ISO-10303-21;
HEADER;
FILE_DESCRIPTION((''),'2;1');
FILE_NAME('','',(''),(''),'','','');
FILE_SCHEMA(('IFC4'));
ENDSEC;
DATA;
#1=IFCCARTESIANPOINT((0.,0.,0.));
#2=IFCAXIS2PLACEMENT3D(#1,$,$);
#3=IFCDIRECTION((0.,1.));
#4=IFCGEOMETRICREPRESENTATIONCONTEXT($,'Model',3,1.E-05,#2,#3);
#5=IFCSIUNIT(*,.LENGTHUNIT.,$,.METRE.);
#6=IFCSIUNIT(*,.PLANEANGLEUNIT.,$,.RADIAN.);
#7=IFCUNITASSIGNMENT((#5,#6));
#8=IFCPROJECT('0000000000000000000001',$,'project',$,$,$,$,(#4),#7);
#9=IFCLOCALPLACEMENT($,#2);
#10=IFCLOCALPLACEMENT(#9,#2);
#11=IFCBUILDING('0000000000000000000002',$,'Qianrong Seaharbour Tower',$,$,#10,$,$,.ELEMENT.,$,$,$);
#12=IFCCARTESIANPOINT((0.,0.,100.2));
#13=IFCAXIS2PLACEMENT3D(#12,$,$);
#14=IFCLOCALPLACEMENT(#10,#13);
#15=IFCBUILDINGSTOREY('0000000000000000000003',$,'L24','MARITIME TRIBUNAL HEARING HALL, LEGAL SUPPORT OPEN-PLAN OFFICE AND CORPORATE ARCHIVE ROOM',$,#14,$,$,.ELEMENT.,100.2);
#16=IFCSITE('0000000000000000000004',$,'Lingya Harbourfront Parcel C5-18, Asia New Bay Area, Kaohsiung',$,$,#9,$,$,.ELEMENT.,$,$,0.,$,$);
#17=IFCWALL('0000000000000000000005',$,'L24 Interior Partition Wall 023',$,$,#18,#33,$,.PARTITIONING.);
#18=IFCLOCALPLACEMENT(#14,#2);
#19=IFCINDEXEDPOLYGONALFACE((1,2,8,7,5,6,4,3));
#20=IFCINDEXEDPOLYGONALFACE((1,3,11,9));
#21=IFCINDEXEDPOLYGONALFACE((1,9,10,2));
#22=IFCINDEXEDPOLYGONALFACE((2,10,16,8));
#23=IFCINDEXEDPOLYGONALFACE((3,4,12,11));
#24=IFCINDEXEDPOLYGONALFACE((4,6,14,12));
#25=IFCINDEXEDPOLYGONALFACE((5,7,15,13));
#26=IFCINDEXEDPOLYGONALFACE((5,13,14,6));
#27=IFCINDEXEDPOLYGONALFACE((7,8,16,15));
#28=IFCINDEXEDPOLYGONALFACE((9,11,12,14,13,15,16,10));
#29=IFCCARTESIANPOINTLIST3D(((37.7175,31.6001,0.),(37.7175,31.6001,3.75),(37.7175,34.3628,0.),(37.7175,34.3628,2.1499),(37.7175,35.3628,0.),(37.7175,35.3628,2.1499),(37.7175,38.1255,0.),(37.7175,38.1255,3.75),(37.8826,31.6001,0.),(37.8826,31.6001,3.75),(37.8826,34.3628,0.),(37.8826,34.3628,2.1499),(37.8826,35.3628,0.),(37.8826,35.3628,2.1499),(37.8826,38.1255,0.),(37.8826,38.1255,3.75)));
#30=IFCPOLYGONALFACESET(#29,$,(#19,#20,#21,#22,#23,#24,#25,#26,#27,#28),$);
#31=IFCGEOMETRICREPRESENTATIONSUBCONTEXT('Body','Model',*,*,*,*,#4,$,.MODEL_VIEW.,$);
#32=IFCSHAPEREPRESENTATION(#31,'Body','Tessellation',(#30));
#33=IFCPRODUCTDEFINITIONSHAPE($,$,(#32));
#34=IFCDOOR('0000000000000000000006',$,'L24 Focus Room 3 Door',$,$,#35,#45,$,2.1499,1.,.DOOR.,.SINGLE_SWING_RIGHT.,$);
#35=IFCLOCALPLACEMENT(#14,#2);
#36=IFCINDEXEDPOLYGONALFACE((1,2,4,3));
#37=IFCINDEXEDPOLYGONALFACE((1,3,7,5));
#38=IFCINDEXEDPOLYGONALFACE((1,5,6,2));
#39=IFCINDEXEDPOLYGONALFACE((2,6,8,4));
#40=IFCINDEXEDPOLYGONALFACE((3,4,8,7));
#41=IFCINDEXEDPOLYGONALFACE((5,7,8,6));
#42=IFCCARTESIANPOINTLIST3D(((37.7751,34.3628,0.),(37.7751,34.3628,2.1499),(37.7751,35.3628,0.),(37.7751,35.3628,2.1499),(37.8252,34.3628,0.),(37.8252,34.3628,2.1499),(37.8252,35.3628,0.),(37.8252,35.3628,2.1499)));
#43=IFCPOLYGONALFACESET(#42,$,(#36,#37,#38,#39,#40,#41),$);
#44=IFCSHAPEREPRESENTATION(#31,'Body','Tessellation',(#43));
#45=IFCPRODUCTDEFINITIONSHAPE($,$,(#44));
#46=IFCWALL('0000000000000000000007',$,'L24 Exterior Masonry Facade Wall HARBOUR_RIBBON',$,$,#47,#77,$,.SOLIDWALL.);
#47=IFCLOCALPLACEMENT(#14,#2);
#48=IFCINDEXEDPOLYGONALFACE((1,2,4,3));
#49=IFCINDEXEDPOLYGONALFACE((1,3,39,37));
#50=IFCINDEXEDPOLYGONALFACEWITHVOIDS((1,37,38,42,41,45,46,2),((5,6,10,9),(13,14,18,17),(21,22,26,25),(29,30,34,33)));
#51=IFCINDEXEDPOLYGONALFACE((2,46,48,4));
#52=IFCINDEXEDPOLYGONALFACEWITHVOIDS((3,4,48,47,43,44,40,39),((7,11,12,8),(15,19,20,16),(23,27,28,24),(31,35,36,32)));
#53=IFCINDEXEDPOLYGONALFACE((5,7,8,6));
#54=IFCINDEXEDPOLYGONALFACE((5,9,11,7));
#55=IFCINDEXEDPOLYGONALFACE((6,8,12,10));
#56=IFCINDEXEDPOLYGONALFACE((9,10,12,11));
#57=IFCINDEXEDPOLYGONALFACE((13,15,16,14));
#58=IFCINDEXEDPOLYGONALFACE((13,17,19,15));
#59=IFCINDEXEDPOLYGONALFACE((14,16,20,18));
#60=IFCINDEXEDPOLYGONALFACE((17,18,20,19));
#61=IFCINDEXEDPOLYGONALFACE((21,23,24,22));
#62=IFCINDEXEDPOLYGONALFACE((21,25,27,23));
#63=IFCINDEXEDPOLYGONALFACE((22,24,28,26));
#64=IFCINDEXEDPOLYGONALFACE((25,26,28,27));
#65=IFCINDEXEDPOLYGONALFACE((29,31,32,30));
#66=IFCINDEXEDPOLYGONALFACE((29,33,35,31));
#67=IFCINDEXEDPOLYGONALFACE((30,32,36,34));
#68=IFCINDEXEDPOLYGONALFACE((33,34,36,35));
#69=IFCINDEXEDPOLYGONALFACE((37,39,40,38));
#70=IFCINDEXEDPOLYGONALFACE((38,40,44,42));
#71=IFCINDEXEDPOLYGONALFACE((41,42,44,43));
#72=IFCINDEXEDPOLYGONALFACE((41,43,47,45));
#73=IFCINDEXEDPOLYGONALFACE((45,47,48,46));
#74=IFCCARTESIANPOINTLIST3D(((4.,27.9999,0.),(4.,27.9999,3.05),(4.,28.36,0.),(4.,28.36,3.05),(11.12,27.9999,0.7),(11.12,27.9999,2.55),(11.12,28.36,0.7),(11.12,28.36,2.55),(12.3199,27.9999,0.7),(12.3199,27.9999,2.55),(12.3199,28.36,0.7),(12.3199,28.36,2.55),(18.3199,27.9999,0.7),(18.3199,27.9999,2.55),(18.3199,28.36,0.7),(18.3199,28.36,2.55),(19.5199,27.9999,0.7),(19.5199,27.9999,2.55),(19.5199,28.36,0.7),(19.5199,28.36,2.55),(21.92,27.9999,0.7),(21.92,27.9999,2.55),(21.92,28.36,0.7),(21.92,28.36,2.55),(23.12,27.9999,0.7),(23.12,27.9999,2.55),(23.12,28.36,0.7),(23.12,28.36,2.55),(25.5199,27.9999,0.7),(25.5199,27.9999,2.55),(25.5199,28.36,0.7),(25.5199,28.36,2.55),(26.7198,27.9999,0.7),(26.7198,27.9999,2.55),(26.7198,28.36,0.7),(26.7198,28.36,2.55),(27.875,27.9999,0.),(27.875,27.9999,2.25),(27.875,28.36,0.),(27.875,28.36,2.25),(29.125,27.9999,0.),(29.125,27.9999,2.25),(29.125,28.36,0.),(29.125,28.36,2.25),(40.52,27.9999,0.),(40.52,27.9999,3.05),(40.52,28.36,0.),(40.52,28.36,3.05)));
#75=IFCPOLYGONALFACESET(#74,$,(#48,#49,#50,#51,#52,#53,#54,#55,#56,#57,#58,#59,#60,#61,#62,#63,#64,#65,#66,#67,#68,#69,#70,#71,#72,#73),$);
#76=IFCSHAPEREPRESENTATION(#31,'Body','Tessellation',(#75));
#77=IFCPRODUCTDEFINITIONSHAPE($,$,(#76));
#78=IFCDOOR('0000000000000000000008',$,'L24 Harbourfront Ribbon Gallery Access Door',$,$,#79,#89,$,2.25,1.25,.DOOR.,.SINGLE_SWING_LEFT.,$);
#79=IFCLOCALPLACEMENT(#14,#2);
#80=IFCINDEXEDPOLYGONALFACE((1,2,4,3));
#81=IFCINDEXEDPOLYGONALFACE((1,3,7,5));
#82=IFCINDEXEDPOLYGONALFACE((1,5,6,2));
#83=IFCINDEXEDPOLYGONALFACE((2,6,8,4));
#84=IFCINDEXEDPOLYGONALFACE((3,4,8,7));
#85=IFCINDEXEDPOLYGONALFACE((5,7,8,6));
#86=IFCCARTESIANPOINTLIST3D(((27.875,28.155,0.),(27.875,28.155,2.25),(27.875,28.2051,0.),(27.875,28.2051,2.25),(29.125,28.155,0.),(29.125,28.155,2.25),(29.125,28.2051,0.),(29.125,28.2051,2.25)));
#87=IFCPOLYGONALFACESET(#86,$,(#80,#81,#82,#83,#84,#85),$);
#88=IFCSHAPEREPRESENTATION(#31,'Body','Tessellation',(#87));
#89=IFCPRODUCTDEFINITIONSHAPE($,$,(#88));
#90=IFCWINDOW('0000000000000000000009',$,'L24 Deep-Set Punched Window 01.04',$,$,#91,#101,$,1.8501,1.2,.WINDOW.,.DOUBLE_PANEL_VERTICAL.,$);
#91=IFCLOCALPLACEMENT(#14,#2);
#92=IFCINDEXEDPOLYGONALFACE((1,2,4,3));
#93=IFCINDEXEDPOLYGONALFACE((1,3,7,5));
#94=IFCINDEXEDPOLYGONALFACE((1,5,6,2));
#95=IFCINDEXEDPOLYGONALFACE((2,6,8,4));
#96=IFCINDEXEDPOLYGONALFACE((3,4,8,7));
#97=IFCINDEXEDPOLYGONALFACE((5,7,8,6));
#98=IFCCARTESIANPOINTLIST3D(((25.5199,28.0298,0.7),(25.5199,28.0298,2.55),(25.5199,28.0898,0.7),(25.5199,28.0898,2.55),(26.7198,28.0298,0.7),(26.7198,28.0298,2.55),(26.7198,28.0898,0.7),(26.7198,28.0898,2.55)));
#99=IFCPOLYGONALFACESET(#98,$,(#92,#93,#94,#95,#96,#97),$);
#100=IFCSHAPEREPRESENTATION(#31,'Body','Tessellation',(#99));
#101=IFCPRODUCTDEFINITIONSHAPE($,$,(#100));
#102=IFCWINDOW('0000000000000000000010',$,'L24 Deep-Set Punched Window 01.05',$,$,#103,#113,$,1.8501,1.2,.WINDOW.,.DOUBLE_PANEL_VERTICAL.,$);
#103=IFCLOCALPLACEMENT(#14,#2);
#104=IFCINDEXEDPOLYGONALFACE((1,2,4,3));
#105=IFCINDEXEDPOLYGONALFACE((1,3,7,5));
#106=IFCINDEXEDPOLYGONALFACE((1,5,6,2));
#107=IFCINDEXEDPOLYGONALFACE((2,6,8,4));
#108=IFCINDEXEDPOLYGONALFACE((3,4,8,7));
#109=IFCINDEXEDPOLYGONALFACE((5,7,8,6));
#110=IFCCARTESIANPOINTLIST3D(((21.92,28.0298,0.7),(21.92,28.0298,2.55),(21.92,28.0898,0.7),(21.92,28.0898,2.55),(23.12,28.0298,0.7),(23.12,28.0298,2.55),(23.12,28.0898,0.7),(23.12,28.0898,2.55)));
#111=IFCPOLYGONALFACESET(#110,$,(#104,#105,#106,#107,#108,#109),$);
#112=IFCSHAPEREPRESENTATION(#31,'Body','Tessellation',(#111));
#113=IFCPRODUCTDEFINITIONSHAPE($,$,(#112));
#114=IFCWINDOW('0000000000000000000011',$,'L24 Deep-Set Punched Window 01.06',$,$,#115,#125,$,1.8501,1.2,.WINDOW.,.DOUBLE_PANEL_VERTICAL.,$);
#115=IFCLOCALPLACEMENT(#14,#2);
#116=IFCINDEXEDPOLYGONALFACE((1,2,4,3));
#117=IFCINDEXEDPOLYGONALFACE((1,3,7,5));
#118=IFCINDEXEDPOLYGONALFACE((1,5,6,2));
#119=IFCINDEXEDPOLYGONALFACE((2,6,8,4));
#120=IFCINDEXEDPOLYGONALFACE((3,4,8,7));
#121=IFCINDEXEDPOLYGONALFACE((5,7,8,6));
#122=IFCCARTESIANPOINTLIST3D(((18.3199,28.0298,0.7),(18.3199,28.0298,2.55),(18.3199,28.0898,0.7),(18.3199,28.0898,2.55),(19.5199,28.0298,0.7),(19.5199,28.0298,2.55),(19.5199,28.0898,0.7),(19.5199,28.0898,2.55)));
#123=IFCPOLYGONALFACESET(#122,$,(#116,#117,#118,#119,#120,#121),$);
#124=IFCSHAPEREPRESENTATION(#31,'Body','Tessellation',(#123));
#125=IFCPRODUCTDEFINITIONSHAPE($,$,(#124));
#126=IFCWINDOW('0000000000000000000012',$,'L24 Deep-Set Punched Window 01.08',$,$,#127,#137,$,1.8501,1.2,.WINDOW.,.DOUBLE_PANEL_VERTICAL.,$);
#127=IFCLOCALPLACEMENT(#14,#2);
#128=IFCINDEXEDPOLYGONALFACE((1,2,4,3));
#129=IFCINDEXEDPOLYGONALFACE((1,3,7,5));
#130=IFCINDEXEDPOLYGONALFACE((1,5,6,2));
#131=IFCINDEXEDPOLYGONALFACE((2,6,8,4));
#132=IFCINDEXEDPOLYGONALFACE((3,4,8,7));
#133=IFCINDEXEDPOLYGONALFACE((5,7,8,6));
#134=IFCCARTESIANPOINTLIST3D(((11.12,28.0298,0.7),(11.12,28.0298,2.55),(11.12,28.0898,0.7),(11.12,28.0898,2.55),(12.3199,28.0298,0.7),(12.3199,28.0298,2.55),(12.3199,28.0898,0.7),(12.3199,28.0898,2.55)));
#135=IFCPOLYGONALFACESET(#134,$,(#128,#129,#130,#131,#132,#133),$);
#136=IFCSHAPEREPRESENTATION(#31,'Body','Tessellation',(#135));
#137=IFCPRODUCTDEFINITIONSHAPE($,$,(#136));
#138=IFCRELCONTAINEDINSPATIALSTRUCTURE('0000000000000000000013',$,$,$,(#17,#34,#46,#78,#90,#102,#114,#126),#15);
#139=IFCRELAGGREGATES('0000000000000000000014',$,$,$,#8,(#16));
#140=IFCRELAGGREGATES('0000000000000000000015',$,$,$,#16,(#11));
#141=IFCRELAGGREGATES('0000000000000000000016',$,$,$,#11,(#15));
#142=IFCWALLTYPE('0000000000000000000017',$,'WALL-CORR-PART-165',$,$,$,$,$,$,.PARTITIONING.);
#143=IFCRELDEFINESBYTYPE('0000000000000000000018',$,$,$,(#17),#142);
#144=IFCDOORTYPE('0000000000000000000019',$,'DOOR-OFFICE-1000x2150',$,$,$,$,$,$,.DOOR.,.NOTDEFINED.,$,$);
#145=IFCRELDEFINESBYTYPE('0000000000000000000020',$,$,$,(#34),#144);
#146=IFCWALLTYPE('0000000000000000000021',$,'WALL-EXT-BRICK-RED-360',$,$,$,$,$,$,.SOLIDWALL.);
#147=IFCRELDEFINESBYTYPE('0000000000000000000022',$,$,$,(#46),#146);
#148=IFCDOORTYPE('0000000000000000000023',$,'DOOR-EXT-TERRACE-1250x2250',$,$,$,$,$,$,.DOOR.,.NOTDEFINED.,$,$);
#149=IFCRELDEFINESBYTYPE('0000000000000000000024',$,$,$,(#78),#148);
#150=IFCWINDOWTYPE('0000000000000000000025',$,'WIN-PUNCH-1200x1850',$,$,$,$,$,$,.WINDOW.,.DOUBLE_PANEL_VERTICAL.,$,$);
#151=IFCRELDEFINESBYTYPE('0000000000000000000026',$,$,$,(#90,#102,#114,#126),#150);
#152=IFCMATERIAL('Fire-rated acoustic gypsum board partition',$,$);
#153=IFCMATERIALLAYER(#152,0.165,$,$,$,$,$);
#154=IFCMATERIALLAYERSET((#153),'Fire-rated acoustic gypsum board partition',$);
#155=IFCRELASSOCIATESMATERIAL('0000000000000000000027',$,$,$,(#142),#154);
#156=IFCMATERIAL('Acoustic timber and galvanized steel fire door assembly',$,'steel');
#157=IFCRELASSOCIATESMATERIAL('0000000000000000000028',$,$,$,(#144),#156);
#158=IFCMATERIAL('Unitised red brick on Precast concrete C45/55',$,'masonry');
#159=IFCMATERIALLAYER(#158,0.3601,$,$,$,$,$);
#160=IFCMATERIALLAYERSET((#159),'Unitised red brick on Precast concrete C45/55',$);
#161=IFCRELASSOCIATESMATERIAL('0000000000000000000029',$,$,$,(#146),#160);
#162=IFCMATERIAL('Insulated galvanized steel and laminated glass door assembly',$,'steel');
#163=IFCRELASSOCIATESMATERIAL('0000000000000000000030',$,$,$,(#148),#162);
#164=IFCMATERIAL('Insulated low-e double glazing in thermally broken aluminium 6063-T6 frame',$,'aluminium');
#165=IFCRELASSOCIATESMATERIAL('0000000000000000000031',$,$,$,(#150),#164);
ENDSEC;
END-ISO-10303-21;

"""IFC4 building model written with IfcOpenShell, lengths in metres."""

from ifc_helpers import new_model, si_unit, direction, frame, frame_2d, origin, place, context, subcontext, project, spatial, rectangle, extrude, material, layer, layer_set, type_object, element, fill, save


model = new_model("IFC4")

# Units and contexts
model_context = context("Model", 3, precision=1e-05, world=origin(), true_north=direction((0.0, 1.0)))
body_context = subcontext(model_context, "Body", "Model", "MODEL_VIEW")
ifc_project = project(units=[si_unit("LENGTHUNIT", "METRE"), si_unit("PLANEANGLEUNIT", "RADIAN")], contexts=[model_context])

# Site, building, storey
site_placement = place(None, origin())
site = spatial("IfcSite", under=ifc_project, at=site_placement, Name="Lingya Harbourfront Parcel C5-18, Asia New Bay Area, Kaohsiung", CompositionType="ELEMENT", RefElevation=0.0)
building_placement = place(site_placement, origin())
building = spatial("IfcBuilding", under=site, at=building_placement, Name="Qianrong Seaharbour Tower", CompositionType="ELEMENT")
storey_placement = place(building_placement, frame((0.0, 0.0, 100.2)))
storey = spatial("IfcBuildingStorey", under=building, at=storey_placement, Name="L24", Description="MARITIME TRIBUNAL HEARING HALL, LEGAL SUPPORT OPEN-PLAN OFFICE AND CORPORATE ARCHIVE ROOM", CompositionType="ELEMENT", Elevation=100.2)

# Wall, opening, door
ifc_material_1 = material(Name="Fire-rated acoustic gypsum board partition")
ifc_layer_1 = layer(ifc_material_1, 0.165)
ifc_layer_set_1 = layer_set([ifc_layer_1], Name="Fire-rated acoustic gypsum board partition")
wall_type_1 = type_object("IfcWallType", Name="WALL-CORR-PART-165", PredefinedType="PARTITIONING", material=ifc_layer_set_1)
wall_1_placement = place(storey_placement, frame((37.8, 31.6001, 0.0), z_axis=(0.0, 0.0, 1.0), x_axis=(0.0, 1.0, 0.0)))
wall_1 = element("IfcWall", 1, at=wall_1_placement, inside=storey, type_object=wall_type_1, Name="L24 Interior Partition Wall 023", PredefinedType="PARTITIONING", context=body_context, shape_type="SweptSolid", body=[
    extrude(rectangle(XDim=6.5254, YDim=0.165, at=frame_2d((3.2627, 0.0))), origin(), (0.0, 0.0, 1.0), 3.75),
])
opening_1_placement = place(wall_1_placement, frame((2.7627, 0.0, 0.0)))
opening_1 = element("IfcOpeningElement", 2, at=opening_1_placement, cuts=wall_1, PredefinedType="OPENING", context=body_context, shape_type="SweptSolid", body=[
    extrude(rectangle(XDim=1.0, YDim=2.1499, at=frame_2d((0.5, 1.075))), frame((0.0, 0.0925, 0.0), z_axis=(0.0, -1.0, 0.0), x_axis=(1.0, 0.0, 0.0)), (0.0, 0.0, 1.0), 0.1851),
])
ifc_material_2 = material(Name="Acoustic timber and galvanized steel fire door assembly", Category="steel")
door_type_1 = type_object("IfcDoorType", Name="DOOR-OFFICE-1000x2150", OperationType="NOTDEFINED", PredefinedType="DOOR", material=ifc_material_2)
door_1_placement = place(opening_1_placement, origin())
door_1 = element("IfcDoor", 3, at=door_1_placement, inside=storey, type_object=door_type_1, Name="L24 Focus Room 3 Door", OperationType="SINGLE_SWING_RIGHT", OverallHeight=2.1499, OverallWidth=1.0, PredefinedType="DOOR", context=body_context, shape_type="SweptSolid", body=[
    extrude(rectangle(XDim=1.0, YDim=2.1499, at=frame_2d((0.5, 1.075))), frame((0.0, 0.0249, 0.0), z_axis=(0.0, -1.0, 0.0), x_axis=(1.0, 0.0, 0.0)), (0.0, 0.0, 1.0), 0.05),
])
fill(opening_1, door_1)

# Wall, openings, door, windows
ifc_material_3 = material(Name="Unitised red brick on Precast concrete C45/55", Category="masonry")
ifc_layer_2 = layer(ifc_material_3, 0.3601)
ifc_layer_set_2 = layer_set([ifc_layer_2], Name="Unitised red brick on Precast concrete C45/55")
wall_type_2 = type_object("IfcWallType", Name="WALL-EXT-BRICK-RED-360", PredefinedType="SOLIDWALL", material=ifc_layer_set_2)
wall_2_placement = place(storey_placement, frame((40.52, 28.1799, 0.0), z_axis=(0.0, 0.0, 1.0), x_axis=(-1.0, 0.0, 0.0)))
wall_2 = element("IfcWall", 4, at=wall_2_placement, inside=storey, type_object=wall_type_2, Name="L24 Exterior Masonry Facade Wall HARBOUR_RIBBON", PredefinedType="SOLIDWALL", context=body_context, shape_type="SweptSolid", body=[
    extrude(rectangle(XDim=36.52, YDim=0.3601, at=frame_2d((18.26, 0.0))), origin(), (0.0, 0.0, 1.0), 3.05),
])
opening_2_placement = place(wall_2_placement, frame((13.8, 0.0, 0.7)))
opening_2 = element("IfcOpeningElement", 5, at=opening_2_placement, cuts=wall_2, PredefinedType="OPENING", context=body_context, shape_type="SweptSolid", body=[
    extrude(rectangle(XDim=1.2, YDim=1.8501, at=frame_2d((0.6001, 0.925))), frame((0.0, 0.1899, 0.0), z_axis=(0.0, -1.0, 0.0), x_axis=(1.0, 0.0, 0.0)), (0.0, 0.0, 1.0), 0.3801),
])
opening_3_placement = place(wall_2_placement, frame((17.3999, 0.0, 0.7)))
opening_3 = element("IfcOpeningElement", 6, at=opening_3_placement, cuts=wall_2, PredefinedType="OPENING", context=body_context, shape_type="SweptSolid", body=[
    extrude(rectangle(XDim=1.2, YDim=1.8501, at=frame_2d((0.6001, 0.925))), frame((0.0, 0.1899, 0.0), z_axis=(0.0, -1.0, 0.0), x_axis=(1.0, 0.0, 0.0)), (0.0, 0.0, 1.0), 0.3801),
])
opening_4_placement = place(wall_2_placement, frame((21.0, 0.0, 0.7)))
opening_4 = element("IfcOpeningElement", 7, at=opening_4_placement, cuts=wall_2, PredefinedType="OPENING", context=body_context, shape_type="SweptSolid", body=[
    extrude(rectangle(XDim=1.2, YDim=1.8501, at=frame_2d((0.6001, 0.925))), frame((0.0, 0.1899, 0.0), z_axis=(0.0, -1.0, 0.0), x_axis=(1.0, 0.0, 0.0)), (0.0, 0.0, 1.0), 0.3801),
])
opening_5_placement = place(wall_2_placement, frame((28.2, 0.0, 0.7)))
opening_5 = element("IfcOpeningElement", 8, at=opening_5_placement, cuts=wall_2, PredefinedType="OPENING", context=body_context, shape_type="SweptSolid", body=[
    extrude(rectangle(XDim=1.2, YDim=1.8501, at=frame_2d((0.6001, 0.925))), frame((0.0, 0.1899, 0.0), z_axis=(0.0, -1.0, 0.0), x_axis=(1.0, 0.0, 0.0)), (0.0, 0.0, 1.0), 0.3801),
])
opening_6_placement = place(wall_2_placement, frame((11.395, 0.0, 0.0)))
opening_6 = element("IfcOpeningElement", 9, at=opening_6_placement, cuts=wall_2, PredefinedType="OPENING", context=body_context, shape_type="SweptSolid", body=[
    extrude(rectangle(XDim=1.25, YDim=2.25, at=frame_2d((0.625, 1.125))), frame((0.0, 0.1899, 0.0), z_axis=(0.0, -1.0, 0.0), x_axis=(1.0, 0.0, 0.0)), (0.0, 0.0, 1.0), 0.3801),
])
ifc_material_4 = material(Name="Insulated galvanized steel and laminated glass door assembly", Category="steel")
door_type_2 = type_object("IfcDoorType", Name="DOOR-EXT-TERRACE-1250x2250", OperationType="NOTDEFINED", PredefinedType="DOOR", material=ifc_material_4)
door_2_placement = place(opening_6_placement, origin())
door_2 = element("IfcDoor", 10, at=door_2_placement, inside=storey, type_object=door_type_2, Name="L24 Harbourfront Ribbon Gallery Access Door", OperationType="SINGLE_SWING_LEFT", OverallHeight=2.25, OverallWidth=1.25, PredefinedType="DOOR", context=body_context, shape_type="SweptSolid", body=[
    extrude(rectangle(XDim=1.25, YDim=2.25, at=frame_2d((0.625, 1.125))), frame((0.0, 0.0249, 0.0), z_axis=(0.0, -1.0, 0.0), x_axis=(1.0, 0.0, 0.0)), (0.0, 0.0, 1.0), 0.05),
])
fill(opening_6, door_2)
ifc_material_5 = material(Name="Insulated low-e double glazing in thermally broken aluminium 6063-T6 frame", Category="aluminium")
window_type = type_object("IfcWindowType", Name="WIN-PUNCH-1200x1850", PartitioningType="DOUBLE_PANEL_VERTICAL", PredefinedType="WINDOW", material=ifc_material_5)
window_1_placement = place(opening_2_placement, origin())
window_1 = element("IfcWindow", 11, at=window_1_placement, inside=storey, type_object=window_type, Name="L24 Deep-Set Punched Window 01.04", OverallHeight=1.8501, OverallWidth=1.2, PartitioningType="DOUBLE_PANEL_VERTICAL", PredefinedType="WINDOW", context=body_context, shape_type="SweptSolid", body=[
    extrude(rectangle(XDim=1.2, YDim=1.8501, at=frame_2d((0.6001, 0.925))), frame((0.0, 0.1501, 0.0), z_axis=(0.0, -1.0, 0.0), x_axis=(1.0, 0.0, 0.0)), (0.0, 0.0, 1.0), 0.0601),
])
fill(opening_2, window_1)
window_2_placement = place(opening_3_placement, origin())
window_2 = element("IfcWindow", 12, at=window_2_placement, inside=storey, type_object=window_type, Name="L24 Deep-Set Punched Window 01.05", OverallHeight=1.8501, OverallWidth=1.2, PartitioningType="DOUBLE_PANEL_VERTICAL", PredefinedType="WINDOW", context=body_context, shape_type="SweptSolid", body=[
    extrude(rectangle(XDim=1.2, YDim=1.8501, at=frame_2d((0.6001, 0.925))), frame((0.0, 0.1501, 0.0), z_axis=(0.0, -1.0, 0.0), x_axis=(1.0, 0.0, 0.0)), (0.0, 0.0, 1.0), 0.0601),
])
fill(opening_3, window_2)
window_3_placement = place(opening_4_placement, origin())
window_3 = element("IfcWindow", 13, at=window_3_placement, inside=storey, type_object=window_type, Name="L24 Deep-Set Punched Window 01.06", OverallHeight=1.8501, OverallWidth=1.2, PartitioningType="DOUBLE_PANEL_VERTICAL", PredefinedType="WINDOW", context=body_context, shape_type="SweptSolid", body=[
    extrude(rectangle(XDim=1.2, YDim=1.8501, at=frame_2d((0.6001, 0.925))), frame((0.0, 0.1501, 0.0), z_axis=(0.0, -1.0, 0.0), x_axis=(1.0, 0.0, 0.0)), (0.0, 0.0, 1.0), 0.0601),
])
fill(opening_4, window_3)
window_4_placement = place(opening_5_placement, origin())
window_4 = element("IfcWindow", 14, at=window_4_placement, inside=storey, type_object=window_type, Name="L24 Deep-Set Punched Window 01.08", OverallHeight=1.8501, OverallWidth=1.2, PartitioningType="DOUBLE_PANEL_VERTICAL", PredefinedType="WINDOW", context=body_context, shape_type="SweptSolid", body=[
    extrude(rectangle(XDim=1.2, YDim=1.8501, at=frame_2d((0.6001, 0.925))), frame((0.0, 0.1501, 0.0), z_axis=(0.0, -1.0, 0.0), x_axis=(1.0, 0.0, 0.0)), (0.0, 0.0, 1.0), 0.0601),
])
fill(opening_5, window_4)

save(model, "model.ifc")
